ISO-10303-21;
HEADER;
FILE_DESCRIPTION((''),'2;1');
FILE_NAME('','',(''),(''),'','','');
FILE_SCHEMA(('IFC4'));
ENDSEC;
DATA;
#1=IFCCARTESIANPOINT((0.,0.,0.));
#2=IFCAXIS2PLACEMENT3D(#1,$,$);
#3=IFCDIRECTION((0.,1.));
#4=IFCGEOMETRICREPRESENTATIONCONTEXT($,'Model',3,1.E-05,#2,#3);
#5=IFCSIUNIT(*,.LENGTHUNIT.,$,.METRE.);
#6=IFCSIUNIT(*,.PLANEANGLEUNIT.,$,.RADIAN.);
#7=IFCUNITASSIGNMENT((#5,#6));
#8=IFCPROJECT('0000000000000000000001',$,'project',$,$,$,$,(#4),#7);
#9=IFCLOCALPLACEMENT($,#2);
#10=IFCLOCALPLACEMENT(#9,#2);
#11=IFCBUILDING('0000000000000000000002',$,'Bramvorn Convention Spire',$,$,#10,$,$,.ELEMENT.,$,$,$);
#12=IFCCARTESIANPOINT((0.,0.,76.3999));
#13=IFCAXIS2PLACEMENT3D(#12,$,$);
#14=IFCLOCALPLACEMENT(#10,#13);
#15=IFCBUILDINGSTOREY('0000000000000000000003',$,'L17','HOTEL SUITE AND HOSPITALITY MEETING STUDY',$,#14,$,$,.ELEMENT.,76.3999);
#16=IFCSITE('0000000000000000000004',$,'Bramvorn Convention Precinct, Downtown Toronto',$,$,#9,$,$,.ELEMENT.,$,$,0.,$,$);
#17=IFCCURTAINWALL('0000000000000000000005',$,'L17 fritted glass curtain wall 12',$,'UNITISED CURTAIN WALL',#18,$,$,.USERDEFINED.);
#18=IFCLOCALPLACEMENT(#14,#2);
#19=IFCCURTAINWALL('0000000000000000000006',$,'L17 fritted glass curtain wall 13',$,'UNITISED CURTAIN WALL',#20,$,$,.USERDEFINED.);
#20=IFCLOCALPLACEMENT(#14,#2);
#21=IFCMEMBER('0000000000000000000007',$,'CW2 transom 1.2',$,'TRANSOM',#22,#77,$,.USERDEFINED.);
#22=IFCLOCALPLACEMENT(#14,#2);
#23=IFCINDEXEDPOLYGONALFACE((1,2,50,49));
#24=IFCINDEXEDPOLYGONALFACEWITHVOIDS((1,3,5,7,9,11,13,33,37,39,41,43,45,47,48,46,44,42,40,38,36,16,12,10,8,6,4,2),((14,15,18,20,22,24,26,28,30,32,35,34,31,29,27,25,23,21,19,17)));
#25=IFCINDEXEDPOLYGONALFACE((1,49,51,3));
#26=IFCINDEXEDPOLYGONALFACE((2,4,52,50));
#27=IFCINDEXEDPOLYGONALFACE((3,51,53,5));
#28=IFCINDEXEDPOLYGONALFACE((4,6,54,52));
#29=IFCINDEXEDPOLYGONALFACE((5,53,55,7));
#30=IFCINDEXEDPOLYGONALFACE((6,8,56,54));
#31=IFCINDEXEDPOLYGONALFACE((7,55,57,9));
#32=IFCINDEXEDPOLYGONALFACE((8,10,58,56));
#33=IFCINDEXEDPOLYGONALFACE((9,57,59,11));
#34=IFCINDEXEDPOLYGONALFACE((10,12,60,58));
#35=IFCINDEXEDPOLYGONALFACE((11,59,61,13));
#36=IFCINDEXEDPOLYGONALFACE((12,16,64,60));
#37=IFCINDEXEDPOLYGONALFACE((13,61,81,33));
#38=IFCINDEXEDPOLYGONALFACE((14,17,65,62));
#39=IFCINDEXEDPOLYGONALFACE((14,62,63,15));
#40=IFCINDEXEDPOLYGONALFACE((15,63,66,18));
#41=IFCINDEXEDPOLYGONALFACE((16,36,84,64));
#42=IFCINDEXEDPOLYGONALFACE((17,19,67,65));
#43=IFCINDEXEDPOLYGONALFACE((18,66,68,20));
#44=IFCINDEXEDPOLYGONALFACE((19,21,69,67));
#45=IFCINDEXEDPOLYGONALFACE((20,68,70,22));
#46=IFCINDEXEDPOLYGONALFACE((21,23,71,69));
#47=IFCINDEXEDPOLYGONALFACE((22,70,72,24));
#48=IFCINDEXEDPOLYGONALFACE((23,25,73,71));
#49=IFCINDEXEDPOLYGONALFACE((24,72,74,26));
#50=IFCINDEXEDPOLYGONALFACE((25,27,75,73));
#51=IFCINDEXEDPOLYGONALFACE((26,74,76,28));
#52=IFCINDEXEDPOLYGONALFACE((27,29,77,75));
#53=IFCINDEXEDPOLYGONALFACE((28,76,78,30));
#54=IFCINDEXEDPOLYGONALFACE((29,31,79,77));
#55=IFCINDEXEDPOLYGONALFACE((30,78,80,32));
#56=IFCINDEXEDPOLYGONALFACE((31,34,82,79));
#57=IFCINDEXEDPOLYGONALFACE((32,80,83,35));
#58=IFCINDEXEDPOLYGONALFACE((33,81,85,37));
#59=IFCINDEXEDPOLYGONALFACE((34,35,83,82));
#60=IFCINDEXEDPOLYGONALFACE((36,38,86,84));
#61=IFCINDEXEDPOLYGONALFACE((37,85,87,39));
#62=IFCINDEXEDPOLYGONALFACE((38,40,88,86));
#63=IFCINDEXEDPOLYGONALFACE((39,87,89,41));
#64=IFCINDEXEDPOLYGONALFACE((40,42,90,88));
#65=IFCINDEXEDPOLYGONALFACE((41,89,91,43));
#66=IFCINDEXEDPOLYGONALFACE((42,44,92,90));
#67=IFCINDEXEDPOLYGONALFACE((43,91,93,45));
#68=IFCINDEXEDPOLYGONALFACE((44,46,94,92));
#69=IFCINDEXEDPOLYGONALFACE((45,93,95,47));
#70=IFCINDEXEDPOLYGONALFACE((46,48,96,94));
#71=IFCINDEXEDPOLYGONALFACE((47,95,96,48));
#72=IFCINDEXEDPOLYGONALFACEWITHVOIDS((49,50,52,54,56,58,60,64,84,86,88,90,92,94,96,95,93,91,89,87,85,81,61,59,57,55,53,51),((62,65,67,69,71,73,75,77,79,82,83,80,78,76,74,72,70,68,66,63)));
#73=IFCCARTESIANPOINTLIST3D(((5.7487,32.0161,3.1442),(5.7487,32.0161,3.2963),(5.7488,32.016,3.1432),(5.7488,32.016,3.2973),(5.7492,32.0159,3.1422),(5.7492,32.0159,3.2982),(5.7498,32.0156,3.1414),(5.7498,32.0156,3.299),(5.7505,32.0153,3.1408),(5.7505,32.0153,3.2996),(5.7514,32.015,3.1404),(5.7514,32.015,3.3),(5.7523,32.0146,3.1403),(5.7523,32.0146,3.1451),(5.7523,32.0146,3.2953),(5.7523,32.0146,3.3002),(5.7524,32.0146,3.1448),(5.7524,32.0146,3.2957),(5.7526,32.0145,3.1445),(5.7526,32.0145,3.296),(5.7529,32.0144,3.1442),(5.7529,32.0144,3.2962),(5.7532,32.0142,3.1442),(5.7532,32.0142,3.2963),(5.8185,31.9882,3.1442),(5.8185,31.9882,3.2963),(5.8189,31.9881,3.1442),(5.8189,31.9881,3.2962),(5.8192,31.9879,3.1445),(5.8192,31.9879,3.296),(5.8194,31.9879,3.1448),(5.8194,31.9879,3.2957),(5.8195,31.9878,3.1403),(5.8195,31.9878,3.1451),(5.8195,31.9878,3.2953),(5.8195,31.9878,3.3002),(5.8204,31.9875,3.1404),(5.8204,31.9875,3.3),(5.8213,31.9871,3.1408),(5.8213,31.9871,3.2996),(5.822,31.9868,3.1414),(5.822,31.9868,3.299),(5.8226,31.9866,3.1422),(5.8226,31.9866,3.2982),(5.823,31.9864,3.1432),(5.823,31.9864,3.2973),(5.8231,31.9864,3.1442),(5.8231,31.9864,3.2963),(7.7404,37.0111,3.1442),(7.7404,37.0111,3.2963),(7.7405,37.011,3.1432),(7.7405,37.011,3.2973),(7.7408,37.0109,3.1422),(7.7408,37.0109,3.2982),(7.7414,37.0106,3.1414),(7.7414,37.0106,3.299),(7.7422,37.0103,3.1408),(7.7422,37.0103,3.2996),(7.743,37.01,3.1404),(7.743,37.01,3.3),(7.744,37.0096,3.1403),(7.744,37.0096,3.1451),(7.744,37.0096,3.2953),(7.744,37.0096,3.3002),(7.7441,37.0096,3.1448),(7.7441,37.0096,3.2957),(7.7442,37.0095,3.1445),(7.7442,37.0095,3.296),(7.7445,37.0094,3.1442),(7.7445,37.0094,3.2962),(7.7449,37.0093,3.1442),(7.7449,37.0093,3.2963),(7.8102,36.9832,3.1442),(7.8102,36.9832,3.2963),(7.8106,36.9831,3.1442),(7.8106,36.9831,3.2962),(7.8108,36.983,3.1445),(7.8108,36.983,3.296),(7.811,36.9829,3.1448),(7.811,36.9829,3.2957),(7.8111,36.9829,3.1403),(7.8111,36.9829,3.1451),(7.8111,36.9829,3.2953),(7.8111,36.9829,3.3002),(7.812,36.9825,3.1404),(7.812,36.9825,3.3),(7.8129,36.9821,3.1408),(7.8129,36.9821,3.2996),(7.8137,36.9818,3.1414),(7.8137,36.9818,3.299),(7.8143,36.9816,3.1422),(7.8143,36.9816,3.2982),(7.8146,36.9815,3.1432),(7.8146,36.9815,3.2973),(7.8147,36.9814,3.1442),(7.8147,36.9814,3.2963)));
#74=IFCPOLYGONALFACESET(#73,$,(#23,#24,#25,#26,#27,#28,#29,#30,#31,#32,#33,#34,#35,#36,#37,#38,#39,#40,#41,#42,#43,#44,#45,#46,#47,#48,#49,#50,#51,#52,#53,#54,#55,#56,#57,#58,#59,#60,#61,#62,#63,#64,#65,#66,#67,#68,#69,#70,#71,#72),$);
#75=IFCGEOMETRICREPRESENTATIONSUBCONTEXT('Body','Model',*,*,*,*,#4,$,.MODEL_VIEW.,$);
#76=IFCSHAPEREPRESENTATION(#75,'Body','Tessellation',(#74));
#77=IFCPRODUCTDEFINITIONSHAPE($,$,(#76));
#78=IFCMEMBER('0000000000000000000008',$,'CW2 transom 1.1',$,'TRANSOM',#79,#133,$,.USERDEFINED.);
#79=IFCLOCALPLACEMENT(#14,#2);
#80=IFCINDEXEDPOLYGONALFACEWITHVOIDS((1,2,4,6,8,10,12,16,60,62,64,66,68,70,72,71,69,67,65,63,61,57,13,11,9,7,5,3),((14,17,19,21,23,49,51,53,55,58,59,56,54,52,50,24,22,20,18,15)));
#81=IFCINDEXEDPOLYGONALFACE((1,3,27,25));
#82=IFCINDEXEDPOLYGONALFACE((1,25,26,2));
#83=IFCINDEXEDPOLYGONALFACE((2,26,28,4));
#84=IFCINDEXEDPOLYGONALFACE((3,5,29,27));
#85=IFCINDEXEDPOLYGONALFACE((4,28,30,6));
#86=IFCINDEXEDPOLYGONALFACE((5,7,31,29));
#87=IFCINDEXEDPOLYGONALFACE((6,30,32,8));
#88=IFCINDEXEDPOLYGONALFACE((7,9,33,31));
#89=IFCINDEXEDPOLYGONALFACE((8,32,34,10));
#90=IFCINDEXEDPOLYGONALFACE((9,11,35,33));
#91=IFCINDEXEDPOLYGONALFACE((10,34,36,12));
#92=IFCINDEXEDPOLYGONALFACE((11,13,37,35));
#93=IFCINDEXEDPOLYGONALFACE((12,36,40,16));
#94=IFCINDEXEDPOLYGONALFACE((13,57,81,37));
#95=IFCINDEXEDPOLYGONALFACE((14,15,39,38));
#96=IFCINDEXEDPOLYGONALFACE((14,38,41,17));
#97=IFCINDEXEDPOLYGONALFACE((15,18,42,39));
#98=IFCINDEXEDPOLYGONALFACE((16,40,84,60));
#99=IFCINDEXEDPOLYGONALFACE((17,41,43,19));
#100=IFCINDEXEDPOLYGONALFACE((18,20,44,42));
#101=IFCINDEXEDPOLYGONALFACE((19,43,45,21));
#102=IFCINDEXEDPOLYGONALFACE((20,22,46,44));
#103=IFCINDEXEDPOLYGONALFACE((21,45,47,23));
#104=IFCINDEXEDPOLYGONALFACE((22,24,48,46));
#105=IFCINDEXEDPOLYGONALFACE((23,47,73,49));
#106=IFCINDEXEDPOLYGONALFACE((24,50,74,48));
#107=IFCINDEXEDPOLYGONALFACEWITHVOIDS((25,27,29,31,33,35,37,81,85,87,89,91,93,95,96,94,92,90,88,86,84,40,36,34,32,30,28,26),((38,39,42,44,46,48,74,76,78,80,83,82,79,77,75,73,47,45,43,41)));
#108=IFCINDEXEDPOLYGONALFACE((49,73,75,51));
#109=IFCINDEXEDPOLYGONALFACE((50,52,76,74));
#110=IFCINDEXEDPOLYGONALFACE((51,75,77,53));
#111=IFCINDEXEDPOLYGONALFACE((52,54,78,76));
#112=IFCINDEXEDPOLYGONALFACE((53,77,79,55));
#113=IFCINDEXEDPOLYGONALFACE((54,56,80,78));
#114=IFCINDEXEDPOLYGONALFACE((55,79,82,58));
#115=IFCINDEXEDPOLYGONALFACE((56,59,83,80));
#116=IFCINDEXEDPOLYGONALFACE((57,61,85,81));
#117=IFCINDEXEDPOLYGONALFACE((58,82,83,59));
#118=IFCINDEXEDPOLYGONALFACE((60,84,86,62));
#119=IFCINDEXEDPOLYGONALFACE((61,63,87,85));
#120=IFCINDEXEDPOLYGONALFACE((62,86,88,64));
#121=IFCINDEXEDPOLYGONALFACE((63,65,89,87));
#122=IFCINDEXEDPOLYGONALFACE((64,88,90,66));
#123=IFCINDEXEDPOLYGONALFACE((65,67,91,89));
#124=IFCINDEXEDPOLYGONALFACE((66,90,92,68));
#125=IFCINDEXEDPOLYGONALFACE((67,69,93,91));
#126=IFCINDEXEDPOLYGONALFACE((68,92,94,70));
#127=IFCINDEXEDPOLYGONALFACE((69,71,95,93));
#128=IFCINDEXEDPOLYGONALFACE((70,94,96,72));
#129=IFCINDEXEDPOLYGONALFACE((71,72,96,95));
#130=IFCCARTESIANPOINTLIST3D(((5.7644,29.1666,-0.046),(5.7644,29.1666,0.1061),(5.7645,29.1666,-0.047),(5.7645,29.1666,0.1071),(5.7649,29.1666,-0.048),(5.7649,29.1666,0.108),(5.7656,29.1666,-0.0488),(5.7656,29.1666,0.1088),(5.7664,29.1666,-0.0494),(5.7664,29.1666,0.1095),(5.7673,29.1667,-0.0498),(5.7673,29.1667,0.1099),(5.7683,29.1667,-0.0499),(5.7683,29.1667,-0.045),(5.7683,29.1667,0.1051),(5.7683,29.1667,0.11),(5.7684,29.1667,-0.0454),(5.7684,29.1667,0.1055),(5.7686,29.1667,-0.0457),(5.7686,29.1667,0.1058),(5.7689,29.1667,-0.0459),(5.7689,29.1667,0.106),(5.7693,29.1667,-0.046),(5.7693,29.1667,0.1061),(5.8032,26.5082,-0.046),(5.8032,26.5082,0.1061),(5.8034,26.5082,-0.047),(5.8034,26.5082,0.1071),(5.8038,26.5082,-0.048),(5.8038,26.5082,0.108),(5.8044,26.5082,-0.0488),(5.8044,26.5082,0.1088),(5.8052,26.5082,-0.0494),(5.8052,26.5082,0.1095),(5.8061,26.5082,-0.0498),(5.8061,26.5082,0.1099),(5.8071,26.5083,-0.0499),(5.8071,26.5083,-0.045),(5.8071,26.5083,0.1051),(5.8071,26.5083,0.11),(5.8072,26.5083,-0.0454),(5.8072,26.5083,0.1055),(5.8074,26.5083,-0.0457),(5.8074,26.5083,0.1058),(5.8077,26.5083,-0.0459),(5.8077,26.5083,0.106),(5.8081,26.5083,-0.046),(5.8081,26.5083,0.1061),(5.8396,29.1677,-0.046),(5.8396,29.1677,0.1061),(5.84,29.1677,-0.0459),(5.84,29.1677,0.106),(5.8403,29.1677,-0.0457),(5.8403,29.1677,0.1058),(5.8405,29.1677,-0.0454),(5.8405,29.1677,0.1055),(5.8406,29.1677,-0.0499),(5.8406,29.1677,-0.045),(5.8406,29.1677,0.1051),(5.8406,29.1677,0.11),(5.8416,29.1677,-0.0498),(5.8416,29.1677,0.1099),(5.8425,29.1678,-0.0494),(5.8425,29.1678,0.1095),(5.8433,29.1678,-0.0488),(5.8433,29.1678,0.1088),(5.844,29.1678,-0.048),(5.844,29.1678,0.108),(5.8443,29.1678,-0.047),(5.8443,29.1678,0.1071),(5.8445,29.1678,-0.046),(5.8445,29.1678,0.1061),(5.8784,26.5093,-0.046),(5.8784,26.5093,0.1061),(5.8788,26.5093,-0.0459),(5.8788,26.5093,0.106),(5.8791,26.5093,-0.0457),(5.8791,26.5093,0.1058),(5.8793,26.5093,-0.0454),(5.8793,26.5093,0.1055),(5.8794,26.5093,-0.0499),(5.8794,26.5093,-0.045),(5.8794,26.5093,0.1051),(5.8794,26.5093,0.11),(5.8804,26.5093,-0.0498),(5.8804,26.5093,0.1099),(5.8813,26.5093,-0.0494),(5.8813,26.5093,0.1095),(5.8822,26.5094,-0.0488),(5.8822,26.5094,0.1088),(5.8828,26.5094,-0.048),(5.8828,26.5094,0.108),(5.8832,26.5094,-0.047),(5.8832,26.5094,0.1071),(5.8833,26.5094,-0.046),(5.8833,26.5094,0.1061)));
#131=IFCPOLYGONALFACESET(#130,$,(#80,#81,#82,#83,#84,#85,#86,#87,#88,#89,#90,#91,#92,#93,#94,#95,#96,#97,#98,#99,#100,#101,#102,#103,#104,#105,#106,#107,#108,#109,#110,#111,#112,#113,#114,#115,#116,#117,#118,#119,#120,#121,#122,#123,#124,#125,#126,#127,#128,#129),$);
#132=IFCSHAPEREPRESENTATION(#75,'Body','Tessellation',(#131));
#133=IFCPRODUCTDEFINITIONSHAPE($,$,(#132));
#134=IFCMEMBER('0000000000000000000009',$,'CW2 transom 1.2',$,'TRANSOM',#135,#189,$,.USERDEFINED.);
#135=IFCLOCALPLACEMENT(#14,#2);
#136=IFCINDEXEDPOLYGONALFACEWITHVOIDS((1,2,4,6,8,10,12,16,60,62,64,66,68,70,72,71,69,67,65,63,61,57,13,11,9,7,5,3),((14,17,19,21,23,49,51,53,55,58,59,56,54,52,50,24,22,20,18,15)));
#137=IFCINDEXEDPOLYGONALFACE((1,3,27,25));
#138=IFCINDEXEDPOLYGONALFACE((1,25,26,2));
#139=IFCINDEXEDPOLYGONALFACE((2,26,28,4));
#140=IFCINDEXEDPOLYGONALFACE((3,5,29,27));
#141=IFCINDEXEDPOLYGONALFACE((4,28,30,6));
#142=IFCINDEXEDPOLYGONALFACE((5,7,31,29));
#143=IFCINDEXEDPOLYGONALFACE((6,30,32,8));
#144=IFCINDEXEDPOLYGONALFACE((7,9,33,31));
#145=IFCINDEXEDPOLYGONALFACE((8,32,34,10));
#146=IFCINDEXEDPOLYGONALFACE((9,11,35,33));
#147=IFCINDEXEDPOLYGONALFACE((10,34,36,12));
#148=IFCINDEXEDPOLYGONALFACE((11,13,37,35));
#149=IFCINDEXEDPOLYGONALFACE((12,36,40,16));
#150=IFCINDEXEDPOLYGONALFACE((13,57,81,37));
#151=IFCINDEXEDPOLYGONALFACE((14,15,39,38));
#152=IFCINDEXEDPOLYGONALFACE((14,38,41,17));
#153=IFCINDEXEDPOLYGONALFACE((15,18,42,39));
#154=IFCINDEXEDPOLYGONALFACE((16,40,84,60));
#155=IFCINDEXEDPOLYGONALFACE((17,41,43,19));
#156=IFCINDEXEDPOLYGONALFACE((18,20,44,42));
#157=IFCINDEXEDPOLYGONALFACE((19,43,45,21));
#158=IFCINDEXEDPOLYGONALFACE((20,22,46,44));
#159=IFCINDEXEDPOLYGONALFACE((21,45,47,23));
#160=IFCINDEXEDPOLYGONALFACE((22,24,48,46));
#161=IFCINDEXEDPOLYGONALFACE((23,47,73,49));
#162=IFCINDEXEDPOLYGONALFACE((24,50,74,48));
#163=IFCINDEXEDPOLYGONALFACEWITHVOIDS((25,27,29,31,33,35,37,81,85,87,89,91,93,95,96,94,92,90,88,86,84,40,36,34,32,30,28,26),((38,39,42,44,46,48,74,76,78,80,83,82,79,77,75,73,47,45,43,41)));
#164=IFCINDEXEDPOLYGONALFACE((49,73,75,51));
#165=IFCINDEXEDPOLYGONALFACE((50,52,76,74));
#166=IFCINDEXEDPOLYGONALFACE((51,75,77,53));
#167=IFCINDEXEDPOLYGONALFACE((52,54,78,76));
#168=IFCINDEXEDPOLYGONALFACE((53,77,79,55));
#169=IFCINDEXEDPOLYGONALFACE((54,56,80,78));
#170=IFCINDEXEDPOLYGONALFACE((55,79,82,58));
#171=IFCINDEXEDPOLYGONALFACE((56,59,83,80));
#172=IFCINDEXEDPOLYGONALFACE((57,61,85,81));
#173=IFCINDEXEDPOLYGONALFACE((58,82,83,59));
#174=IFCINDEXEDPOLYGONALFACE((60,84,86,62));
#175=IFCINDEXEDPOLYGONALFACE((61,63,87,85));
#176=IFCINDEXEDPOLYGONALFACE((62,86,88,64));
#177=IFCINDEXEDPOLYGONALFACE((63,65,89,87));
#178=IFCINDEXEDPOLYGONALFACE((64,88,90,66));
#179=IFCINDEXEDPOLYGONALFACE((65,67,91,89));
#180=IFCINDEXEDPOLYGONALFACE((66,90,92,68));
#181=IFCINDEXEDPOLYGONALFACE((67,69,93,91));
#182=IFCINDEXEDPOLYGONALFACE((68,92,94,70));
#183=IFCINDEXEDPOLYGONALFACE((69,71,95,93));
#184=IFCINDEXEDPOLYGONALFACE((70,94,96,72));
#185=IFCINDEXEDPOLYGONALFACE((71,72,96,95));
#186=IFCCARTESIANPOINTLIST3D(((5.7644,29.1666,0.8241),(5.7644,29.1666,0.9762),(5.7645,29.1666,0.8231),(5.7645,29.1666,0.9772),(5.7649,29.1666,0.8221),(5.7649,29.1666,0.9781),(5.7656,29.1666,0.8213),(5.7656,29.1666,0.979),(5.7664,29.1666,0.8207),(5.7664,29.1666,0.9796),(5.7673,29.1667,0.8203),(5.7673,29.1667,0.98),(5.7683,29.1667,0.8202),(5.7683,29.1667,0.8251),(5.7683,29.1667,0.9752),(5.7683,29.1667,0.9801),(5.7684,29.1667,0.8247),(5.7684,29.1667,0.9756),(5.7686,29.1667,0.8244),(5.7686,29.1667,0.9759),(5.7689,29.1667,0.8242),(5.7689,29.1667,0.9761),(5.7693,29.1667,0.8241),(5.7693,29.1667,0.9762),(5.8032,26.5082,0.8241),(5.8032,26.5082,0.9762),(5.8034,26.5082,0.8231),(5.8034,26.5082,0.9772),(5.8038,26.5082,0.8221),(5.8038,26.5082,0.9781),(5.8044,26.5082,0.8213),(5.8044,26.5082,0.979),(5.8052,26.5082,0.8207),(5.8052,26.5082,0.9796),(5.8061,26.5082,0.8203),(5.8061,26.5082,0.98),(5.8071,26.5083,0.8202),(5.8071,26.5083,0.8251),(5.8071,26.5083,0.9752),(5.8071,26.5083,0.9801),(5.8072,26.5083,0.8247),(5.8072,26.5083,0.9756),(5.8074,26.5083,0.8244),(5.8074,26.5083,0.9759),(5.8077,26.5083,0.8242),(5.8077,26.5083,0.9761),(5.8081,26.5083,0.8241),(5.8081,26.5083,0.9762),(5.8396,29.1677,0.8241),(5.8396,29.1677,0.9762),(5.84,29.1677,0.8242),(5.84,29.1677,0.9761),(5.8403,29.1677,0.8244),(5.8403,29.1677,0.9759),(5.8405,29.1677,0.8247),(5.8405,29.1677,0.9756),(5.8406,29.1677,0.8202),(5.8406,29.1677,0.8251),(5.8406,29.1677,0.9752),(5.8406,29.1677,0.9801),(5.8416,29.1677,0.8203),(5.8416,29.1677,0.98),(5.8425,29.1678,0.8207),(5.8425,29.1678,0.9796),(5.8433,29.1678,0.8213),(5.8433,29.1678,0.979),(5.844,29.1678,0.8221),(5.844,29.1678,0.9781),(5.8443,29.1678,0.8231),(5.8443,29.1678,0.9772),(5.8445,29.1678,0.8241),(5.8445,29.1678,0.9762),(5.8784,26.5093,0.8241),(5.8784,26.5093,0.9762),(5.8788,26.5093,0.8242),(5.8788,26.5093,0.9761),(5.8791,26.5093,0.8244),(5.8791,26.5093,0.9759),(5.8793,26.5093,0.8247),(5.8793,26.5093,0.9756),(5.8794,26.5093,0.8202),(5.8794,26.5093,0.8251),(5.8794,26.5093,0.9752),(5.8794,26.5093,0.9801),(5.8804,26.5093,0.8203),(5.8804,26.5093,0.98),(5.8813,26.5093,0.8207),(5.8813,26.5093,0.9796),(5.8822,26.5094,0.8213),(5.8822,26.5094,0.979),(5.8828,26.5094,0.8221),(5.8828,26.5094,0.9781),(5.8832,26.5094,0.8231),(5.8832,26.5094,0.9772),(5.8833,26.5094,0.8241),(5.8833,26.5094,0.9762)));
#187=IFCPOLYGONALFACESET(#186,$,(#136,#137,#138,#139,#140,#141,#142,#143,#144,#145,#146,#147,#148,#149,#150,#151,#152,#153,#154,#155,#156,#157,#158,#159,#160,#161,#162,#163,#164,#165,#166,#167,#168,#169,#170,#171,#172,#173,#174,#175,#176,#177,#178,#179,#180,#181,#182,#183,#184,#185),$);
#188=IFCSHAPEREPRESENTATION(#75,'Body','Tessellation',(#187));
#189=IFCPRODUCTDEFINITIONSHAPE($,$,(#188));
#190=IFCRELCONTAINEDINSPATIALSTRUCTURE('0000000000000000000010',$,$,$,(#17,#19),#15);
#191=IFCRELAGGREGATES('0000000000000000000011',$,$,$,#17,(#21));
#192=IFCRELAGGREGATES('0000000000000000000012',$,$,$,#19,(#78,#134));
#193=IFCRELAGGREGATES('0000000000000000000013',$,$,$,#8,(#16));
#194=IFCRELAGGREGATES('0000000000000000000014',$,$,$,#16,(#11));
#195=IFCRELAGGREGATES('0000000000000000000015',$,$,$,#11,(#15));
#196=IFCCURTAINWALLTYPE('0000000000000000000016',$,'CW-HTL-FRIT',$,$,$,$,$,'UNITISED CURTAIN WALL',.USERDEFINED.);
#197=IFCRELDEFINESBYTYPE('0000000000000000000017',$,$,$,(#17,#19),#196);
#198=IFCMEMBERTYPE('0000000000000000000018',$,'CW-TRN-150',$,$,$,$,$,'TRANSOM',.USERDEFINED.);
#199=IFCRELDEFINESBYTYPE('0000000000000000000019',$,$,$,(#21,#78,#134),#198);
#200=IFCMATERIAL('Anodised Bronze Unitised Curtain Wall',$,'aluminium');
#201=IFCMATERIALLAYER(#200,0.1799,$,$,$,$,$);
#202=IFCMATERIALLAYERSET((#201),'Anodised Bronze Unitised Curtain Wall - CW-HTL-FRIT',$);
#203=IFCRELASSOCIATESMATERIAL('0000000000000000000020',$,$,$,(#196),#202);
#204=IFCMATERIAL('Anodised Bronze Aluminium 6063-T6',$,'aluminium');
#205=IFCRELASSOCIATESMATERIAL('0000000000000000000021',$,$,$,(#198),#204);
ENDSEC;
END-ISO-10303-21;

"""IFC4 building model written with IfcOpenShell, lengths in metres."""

from ifc_helpers import new_model, si_unit, direction, frame, origin, origin_2d, place, context, subcontext, project, spatial, hollow_rectangle, extrude, material, layer, layer_set, material_profile, profile_set, type_object, element, aggregate, save


model = new_model("IFC4")

# Units and contexts
model_context = context("Model", 3, precision=1e-05, world=origin(), true_north=direction((0.0, 1.0)))
body_context = subcontext(model_context, "Body", "Model", "MODEL_VIEW")
ifc_project = project(units=[si_unit("LENGTHUNIT", "METRE"), si_unit("PLANEANGLEUNIT", "RADIAN")], contexts=[model_context])

# Site, building, storey
site_placement = place(None, origin())
site = spatial("IfcSite", under=ifc_project, at=site_placement, Name="Bramvorn Convention Precinct, Downtown Toronto", CompositionType="ELEMENT", RefElevation=0.0)
building_placement = place(site_placement, origin())
building = spatial("IfcBuilding", under=site, at=building_placement, Name="Bramvorn Convention Spire", CompositionType="ELEMENT")
storey_placement = place(building_placement, frame((0.0, 0.0, 76.3999)))
storey = spatial("IfcBuildingStorey", under=building, at=storey_placement, Name="L17", Description="HOTEL SUITE AND HOSPITALITY MEETING STUDY", CompositionType="ELEMENT", Elevation=76.3999)

# Curtain wall
ifc_material_1 = material(Name="Anodised Bronze Unitised Curtain Wall", Category="aluminium")
ifc_layer_1 = layer(ifc_material_1, 0.1799)
ifc_layer_set_1 = layer_set([ifc_layer_1], Name="Anodised Bronze Unitised Curtain Wall - CW-HTL-FRIT")
curtain_wall_type = type_object("IfcCurtainWallType", Name="CW-HTL-FRIT", ElementType="UNITISED CURTAIN WALL", PredefinedType="USERDEFINED", material=ifc_layer_set_1)
curtain_wall_1_placement = place(storey_placement, origin())
curtain_wall_1 = element("IfcCurtainWall", 1, at=curtain_wall_1_placement, inside=storey, type_object=curtain_wall_type, Name="L17 fritted glass curtain wall 12", ObjectType="UNITISED CURTAIN WALL", PredefinedType="USERDEFINED")
ifc_material_2 = material(Name="Anodised Bronze Aluminium 6063-T6", Category="aluminium")

# Curtain wall
curtain_wall_2_placement = place(storey_placement, origin())
curtain_wall_2 = element("IfcCurtainWall", 2, at=curtain_wall_2_placement, inside=storey, type_object=curtain_wall_type, Name="L17 fritted glass curtain wall 13", ObjectType="UNITISED CURTAIN WALL", PredefinedType="USERDEFINED")

# Members
ifc_material_profile_1 = material_profile(ifc_material_2, hollow_rectangle(XDim=0.0801, YDim=0.1599, WallThickness=0.0039, InnerFilletRadius=0.001, OuterFilletRadius=0.0039, at=origin_2d()))
ifc_profile_set_1 = profile_set([ifc_material_profile_1], Name="Anodised Bronze Aluminium 6063-T6 - CWT80X160")
member_type_1 = type_object("IfcMemberType", Name="CW-TRN-150", ElementType="TRANSOM", PredefinedType="USERDEFINED", material=ifc_profile_set_1)
member_1_placement = place(storey_placement, frame((5.7859, 32.0012, 3.2202), z_axis=(0.370373, 0.928883, 0.0), x_axis=(-0.928883, 0.370373, 0.0)))
member_1 = element("IfcMember", 3, at=member_1_placement, type_object=member_type_1, Name="CW2 transom 1.2", ObjectType="TRANSOM", PredefinedType="USERDEFINED", context=body_context, shape_type="SweptSolid", body=[
    extrude(hollow_rectangle(XDim=0.0801, YDim=0.1599, WallThickness=0.0039, InnerFilletRadius=0.001, OuterFilletRadius=0.0039, at=origin_2d()), origin(), (0.0, 0.0, 1.0), 5.3774),
])
aggregate(curtain_wall_1, [member_1])
member_2_placement = place(storey_placement, frame((5.8433, 26.5088, 0.03), z_axis=(-0.0146, 0.999893, 0.0), x_axis=(-0.999893, -0.0146, 0.0)))
member_2 = element("IfcMember", 4, at=member_2_placement, type_object=member_type_1, Name="CW2 transom 1.1", ObjectType="TRANSOM", PredefinedType="USERDEFINED", context=body_context, shape_type="SweptSolid", body=[
    extrude(hollow_rectangle(XDim=0.0801, YDim=0.1599, WallThickness=0.0039, InnerFilletRadius=0.001, OuterFilletRadius=0.0039, at=origin_2d()), origin(), (0.0, 0.0, 1.0), 2.6587),
])
member_3_placement = place(storey_placement, frame((5.8433, 26.5088, 0.9001), z_axis=(-0.0146, 0.999893, 0.0), x_axis=(-0.999893, -0.0146, 0.0)))
member_3 = element("IfcMember", 5, at=member_3_placement, type_object=member_type_1, Name="CW2 transom 1.2", ObjectType="TRANSOM", PredefinedType="USERDEFINED", context=body_context, shape_type="SweptSolid", body=[
    extrude(hollow_rectangle(XDim=0.0801, YDim=0.1599, WallThickness=0.0039, InnerFilletRadius=0.001, OuterFilletRadius=0.0039, at=origin_2d()), origin(), (0.0, 0.0, 1.0), 2.6587),
])

aggregate(curtain_wall_2, [member_2, member_3])

save(model, "model.ifc")
